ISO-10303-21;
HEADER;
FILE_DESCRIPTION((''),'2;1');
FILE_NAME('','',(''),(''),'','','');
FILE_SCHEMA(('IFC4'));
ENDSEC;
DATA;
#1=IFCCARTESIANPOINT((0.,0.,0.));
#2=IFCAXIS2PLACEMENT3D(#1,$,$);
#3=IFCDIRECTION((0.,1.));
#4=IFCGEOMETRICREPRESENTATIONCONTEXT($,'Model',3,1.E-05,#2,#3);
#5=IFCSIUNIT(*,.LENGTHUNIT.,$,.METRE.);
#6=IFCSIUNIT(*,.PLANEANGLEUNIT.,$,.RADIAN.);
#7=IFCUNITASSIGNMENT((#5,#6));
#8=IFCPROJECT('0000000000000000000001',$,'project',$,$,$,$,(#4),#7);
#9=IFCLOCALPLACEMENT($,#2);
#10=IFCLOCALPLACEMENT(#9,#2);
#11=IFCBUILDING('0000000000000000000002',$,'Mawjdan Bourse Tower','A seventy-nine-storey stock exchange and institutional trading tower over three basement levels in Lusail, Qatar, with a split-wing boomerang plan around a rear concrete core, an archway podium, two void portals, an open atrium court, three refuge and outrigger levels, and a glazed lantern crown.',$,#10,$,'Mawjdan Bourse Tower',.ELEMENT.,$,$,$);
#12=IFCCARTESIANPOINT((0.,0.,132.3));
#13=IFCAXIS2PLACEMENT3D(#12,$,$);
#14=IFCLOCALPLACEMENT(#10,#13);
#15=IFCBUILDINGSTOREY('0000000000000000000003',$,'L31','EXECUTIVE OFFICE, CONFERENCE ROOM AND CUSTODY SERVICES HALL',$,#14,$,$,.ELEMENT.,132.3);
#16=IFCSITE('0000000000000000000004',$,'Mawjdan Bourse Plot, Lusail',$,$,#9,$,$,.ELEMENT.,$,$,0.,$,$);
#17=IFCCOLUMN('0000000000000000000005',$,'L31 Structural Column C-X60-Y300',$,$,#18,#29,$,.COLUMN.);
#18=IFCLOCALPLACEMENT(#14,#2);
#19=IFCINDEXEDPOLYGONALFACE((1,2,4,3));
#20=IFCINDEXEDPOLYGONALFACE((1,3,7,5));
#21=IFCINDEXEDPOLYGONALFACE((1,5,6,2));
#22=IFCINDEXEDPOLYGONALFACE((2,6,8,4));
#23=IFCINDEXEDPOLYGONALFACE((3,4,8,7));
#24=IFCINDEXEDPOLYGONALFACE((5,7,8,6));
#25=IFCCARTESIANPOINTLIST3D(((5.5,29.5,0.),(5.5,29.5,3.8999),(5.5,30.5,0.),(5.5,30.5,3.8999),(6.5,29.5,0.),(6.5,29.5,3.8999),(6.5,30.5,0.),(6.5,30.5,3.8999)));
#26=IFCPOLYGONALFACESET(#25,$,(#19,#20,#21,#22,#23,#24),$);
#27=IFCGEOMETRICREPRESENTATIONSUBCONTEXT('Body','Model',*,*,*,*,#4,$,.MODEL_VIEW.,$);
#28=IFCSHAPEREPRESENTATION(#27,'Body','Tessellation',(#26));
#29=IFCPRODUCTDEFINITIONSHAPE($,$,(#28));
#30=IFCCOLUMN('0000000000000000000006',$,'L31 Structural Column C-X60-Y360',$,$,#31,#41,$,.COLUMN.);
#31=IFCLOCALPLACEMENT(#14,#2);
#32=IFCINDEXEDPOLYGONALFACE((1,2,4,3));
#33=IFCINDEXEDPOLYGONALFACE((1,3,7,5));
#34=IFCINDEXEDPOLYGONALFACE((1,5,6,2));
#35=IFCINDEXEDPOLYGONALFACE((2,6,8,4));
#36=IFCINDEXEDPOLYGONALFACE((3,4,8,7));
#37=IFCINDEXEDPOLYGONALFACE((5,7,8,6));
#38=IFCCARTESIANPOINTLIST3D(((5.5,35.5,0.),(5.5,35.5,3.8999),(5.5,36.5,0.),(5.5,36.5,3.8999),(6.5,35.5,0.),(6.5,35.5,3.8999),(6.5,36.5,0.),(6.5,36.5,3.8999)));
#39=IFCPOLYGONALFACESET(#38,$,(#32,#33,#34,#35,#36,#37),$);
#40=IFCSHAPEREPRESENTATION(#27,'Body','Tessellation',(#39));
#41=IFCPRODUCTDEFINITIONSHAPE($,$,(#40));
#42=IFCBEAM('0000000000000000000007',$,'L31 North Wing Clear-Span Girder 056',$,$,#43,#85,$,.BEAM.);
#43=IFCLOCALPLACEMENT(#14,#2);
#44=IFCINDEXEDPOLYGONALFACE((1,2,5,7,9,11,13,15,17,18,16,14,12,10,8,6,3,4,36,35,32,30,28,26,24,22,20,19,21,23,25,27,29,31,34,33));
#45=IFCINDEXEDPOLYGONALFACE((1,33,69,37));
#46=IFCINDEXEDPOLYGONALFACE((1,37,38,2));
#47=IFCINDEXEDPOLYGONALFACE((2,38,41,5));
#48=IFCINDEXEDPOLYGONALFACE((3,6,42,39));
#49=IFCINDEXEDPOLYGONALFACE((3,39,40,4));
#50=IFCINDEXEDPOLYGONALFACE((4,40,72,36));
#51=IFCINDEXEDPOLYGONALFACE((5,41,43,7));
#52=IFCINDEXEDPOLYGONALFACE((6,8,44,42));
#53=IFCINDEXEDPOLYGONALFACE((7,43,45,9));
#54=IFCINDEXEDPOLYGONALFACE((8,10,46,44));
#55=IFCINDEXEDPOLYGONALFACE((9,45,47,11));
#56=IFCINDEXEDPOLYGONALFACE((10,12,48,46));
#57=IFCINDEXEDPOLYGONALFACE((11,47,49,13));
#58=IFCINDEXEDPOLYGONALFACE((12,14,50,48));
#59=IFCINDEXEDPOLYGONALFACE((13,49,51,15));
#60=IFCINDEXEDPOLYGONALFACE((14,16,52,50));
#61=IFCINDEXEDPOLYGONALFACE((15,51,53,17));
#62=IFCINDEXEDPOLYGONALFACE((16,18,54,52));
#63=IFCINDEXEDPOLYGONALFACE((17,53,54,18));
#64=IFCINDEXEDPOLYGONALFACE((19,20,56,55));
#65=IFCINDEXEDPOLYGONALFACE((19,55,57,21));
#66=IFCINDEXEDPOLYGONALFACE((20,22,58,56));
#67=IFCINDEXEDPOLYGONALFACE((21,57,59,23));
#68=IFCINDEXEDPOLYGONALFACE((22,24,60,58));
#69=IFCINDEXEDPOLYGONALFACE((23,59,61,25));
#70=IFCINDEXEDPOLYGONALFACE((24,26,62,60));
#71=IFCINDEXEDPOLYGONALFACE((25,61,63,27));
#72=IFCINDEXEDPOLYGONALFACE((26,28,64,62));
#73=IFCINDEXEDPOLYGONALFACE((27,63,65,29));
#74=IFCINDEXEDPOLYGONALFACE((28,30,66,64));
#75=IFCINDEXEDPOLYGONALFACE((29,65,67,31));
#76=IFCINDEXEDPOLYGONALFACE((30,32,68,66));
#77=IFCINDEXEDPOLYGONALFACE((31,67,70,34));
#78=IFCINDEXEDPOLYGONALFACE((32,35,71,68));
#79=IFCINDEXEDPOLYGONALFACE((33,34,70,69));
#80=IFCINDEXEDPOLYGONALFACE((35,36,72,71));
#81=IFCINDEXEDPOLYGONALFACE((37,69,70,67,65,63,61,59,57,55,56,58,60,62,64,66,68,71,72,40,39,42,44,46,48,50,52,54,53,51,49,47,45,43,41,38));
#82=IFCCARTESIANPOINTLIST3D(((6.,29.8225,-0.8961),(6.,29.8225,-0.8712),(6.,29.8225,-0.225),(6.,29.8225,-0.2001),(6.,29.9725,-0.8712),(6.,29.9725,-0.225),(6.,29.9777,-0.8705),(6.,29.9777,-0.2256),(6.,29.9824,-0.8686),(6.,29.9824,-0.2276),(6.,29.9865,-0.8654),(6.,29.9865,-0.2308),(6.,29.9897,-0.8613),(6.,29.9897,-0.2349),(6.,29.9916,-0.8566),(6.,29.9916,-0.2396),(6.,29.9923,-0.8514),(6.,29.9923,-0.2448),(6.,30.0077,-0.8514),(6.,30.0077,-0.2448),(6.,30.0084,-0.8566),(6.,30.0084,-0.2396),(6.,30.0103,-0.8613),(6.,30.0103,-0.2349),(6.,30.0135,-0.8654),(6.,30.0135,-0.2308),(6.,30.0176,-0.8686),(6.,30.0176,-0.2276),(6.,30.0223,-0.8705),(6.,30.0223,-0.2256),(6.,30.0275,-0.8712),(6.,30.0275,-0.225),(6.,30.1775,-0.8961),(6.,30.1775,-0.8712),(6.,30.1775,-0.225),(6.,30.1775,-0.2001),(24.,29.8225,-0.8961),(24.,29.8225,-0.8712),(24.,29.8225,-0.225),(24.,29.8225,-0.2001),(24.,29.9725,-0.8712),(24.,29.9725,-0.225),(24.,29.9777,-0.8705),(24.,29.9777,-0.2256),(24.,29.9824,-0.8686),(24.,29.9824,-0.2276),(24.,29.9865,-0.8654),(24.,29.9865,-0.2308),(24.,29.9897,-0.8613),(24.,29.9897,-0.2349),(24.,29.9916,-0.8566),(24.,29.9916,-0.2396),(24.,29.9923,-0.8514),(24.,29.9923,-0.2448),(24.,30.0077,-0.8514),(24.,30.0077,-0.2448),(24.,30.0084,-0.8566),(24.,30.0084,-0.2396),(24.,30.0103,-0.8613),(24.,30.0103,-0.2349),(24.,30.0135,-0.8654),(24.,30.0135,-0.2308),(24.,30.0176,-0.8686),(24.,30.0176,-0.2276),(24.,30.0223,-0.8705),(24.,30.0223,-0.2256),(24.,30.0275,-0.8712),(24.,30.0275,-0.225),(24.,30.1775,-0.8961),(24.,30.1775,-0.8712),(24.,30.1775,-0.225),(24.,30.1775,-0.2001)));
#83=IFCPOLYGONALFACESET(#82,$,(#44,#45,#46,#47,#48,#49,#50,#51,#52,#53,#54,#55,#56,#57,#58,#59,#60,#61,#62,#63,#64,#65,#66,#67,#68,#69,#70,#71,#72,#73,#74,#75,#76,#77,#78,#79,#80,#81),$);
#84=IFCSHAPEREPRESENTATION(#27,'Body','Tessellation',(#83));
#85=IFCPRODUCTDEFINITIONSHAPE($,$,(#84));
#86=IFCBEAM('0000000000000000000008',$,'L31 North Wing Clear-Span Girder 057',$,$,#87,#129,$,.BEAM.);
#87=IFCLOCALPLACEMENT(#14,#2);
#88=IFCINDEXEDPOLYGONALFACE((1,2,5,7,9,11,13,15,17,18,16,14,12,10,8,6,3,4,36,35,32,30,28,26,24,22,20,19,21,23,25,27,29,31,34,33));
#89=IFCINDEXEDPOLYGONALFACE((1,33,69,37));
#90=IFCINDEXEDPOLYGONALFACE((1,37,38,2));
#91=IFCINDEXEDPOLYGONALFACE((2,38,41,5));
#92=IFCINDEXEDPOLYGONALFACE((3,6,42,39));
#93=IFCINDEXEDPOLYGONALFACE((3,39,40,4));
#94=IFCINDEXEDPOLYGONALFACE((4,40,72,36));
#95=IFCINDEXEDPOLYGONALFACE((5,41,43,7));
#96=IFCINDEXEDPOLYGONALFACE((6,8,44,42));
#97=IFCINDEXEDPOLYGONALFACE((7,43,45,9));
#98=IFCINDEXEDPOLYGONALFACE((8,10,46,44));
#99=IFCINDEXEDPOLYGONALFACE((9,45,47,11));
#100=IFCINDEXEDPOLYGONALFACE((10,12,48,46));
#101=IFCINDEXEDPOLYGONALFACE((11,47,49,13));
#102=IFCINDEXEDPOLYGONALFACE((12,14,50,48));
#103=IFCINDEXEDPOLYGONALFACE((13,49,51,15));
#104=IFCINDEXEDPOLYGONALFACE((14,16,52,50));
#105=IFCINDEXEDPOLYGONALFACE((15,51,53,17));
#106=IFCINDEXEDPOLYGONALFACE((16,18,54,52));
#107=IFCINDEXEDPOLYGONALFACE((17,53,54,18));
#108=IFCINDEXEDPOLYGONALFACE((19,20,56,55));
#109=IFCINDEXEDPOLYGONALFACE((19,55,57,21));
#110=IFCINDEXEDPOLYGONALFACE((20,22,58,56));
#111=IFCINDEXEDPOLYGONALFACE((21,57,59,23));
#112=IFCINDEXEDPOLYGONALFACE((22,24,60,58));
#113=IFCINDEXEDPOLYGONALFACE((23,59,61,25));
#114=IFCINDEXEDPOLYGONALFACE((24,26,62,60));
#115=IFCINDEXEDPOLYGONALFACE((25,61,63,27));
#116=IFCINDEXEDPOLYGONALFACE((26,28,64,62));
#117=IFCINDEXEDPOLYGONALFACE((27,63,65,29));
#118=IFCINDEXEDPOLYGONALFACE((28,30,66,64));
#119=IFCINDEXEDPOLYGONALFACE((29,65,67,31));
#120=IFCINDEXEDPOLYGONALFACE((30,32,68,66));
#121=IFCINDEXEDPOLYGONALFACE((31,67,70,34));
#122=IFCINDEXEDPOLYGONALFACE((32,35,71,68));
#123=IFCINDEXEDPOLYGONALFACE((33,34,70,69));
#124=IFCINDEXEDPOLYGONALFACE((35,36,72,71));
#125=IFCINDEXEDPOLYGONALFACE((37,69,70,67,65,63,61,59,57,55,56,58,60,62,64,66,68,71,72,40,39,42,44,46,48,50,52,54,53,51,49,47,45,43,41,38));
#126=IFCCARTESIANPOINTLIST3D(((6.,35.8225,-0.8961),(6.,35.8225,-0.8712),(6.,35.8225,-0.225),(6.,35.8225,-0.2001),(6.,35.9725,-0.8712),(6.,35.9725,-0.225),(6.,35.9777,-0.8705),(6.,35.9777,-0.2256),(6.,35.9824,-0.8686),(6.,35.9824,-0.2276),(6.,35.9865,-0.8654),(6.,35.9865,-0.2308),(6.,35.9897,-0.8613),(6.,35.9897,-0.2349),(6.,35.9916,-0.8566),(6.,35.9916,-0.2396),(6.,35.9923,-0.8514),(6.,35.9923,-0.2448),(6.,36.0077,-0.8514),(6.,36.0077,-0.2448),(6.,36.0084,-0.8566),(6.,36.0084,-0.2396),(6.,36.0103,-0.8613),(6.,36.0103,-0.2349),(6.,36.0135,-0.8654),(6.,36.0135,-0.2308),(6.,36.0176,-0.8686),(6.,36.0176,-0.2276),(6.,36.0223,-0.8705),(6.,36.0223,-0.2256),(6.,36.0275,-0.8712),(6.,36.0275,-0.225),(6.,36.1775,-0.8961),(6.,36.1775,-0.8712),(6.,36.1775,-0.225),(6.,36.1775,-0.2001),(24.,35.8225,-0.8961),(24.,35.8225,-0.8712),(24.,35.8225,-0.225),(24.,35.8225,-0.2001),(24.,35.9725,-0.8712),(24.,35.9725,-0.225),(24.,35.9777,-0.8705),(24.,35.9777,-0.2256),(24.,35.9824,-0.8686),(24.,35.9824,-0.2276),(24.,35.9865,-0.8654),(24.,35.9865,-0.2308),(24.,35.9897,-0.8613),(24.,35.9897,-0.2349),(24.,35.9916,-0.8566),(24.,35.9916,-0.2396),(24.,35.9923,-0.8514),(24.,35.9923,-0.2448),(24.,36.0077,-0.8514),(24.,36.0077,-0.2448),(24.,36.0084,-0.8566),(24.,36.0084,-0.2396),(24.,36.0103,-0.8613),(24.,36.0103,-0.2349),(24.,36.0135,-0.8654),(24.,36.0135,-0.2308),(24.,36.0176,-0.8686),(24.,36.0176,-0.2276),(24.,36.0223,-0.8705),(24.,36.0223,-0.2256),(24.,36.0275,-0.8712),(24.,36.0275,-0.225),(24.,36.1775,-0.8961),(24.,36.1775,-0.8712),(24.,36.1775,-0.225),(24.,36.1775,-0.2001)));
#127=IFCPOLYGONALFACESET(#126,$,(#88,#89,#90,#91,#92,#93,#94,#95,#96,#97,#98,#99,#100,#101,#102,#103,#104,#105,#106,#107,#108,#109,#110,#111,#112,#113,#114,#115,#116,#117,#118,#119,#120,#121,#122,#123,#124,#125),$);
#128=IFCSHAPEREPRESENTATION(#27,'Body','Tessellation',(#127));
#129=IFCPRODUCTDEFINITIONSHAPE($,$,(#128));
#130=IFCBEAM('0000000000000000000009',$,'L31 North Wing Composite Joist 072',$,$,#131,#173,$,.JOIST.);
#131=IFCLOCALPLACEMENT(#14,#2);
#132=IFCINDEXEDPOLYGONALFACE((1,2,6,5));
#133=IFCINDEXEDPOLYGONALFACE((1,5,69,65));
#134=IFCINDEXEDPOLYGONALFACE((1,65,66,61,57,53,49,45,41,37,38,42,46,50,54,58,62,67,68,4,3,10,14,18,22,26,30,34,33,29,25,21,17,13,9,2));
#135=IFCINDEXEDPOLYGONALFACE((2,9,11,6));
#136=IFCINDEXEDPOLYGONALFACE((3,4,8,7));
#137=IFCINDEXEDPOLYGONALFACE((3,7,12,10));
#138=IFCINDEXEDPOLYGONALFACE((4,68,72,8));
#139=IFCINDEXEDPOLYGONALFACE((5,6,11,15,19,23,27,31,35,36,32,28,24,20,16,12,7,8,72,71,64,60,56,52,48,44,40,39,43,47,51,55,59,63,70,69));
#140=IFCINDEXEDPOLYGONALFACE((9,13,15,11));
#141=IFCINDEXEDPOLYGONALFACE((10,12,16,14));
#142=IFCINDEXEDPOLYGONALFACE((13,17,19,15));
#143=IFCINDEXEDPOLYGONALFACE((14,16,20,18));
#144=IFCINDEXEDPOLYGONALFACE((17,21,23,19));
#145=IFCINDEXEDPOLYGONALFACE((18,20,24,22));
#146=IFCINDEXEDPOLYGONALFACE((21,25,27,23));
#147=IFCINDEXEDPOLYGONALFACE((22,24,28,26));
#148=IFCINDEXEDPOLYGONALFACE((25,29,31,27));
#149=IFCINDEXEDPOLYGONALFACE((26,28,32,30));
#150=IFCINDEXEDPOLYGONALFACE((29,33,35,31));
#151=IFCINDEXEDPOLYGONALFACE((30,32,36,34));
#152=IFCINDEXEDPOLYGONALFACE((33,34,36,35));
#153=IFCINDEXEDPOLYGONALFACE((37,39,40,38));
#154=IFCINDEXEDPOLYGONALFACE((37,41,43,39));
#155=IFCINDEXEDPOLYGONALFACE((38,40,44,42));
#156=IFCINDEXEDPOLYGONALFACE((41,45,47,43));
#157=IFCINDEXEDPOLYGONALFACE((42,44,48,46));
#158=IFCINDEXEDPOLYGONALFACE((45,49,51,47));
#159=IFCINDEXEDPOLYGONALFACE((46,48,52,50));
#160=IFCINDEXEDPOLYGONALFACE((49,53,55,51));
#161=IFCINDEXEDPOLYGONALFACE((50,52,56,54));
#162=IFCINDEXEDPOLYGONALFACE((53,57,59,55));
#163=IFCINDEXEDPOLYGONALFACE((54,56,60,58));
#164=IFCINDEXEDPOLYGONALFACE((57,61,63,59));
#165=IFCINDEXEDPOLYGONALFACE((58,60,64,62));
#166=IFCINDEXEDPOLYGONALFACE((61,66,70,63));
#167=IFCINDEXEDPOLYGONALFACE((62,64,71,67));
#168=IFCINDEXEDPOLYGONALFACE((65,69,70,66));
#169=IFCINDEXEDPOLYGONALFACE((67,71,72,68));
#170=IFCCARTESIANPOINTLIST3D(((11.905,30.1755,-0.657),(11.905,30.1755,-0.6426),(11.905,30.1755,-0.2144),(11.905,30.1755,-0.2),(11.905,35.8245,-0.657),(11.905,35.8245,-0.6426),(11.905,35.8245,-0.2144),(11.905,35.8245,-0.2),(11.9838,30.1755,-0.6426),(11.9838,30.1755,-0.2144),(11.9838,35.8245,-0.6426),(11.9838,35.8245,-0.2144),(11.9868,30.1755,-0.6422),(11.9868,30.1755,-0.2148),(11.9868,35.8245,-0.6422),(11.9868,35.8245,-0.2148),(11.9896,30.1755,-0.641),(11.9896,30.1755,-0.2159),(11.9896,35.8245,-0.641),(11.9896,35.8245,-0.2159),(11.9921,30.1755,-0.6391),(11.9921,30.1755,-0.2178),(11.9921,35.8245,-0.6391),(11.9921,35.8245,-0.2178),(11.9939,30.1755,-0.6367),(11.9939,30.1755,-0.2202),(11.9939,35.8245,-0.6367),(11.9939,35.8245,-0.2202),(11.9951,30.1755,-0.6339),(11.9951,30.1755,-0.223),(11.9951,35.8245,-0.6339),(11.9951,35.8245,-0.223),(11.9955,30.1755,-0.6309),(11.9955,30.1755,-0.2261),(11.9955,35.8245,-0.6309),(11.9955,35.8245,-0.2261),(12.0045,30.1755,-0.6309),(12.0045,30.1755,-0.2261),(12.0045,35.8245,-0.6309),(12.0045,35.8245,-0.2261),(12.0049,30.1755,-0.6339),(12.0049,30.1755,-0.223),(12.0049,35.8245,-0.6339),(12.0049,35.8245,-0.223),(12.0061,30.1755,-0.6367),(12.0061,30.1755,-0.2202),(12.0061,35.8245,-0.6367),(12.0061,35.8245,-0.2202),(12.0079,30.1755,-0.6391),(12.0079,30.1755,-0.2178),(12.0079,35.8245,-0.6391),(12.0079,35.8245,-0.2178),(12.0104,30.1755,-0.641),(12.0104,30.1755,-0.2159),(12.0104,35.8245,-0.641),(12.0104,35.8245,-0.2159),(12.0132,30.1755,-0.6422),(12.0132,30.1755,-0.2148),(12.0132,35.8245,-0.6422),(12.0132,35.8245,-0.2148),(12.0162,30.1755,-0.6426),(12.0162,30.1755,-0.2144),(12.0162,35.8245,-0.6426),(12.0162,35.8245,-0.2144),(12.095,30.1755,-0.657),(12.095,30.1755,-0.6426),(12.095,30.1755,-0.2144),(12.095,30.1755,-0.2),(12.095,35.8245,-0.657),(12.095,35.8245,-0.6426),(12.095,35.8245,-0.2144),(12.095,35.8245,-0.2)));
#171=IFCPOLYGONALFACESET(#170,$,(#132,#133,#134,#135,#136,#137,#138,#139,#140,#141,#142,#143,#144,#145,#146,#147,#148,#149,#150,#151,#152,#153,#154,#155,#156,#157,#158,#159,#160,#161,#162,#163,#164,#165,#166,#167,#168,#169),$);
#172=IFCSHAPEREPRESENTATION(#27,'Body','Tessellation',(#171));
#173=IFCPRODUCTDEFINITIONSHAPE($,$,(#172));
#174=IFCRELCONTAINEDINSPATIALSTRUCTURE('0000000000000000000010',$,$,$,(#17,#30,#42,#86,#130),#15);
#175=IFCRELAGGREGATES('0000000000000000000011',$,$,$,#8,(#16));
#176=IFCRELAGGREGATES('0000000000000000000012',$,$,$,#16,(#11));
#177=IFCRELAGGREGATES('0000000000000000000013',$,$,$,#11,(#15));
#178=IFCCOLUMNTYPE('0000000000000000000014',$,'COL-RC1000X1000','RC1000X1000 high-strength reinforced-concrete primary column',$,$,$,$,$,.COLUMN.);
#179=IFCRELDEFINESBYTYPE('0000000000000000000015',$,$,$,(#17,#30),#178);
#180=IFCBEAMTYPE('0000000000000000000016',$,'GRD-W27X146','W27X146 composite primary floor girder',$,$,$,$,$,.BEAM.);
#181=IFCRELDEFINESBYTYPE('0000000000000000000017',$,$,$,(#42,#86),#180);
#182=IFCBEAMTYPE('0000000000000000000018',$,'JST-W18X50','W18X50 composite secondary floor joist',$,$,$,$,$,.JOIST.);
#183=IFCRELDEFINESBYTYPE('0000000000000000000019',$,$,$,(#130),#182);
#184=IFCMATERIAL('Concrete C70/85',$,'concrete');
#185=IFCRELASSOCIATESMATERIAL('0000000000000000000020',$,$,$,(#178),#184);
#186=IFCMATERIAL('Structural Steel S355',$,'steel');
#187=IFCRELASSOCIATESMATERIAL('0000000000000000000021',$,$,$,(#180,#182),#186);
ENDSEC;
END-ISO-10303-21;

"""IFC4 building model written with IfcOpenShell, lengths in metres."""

from ifc_helpers import new_model, si_unit, direction, frame, origin, origin_2d, place, context, subcontext, project, spatial, rectangle, i_section, extrude, material, material_profile, profile_set, type_object, element, save


model = new_model("IFC4")

# Units and contexts
model_context = context("Model", 3, precision=1e-05, world=origin(), true_north=direction((0.0, 1.0)))
body_context = subcontext(model_context, "Body", "Model", "MODEL_VIEW")
ifc_project = project(units=[si_unit("LENGTHUNIT", "METRE"), si_unit("PLANEANGLEUNIT", "RADIAN")], contexts=[model_context])

# Site, building, storey
site_placement = place(None, origin())
site = spatial("IfcSite", under=ifc_project, at=site_placement, Name="Mawjdan Bourse Plot, Lusail", CompositionType="ELEMENT", RefElevation=0.0)
building_placement = place(site_placement, origin())
building = spatial("IfcBuilding", under=site, at=building_placement, Name="Mawjdan Bourse Tower", Description="A seventy-nine-storey stock exchange and institutional trading tower over three basement levels in Lusail, Qatar, with a split-wing boomerang plan around a rear concrete core, an archway podium, two void portals, an open atrium court, three refuge and outrigger levels, and a glazed lantern crown.", LongName="Mawjdan Bourse Tower", CompositionType="ELEMENT")
storey_placement = place(building_placement, frame((0.0, 0.0, 132.3)))
storey = spatial("IfcBuildingStorey", under=building, at=storey_placement, Name="L31", Description="EXECUTIVE OFFICE, CONFERENCE ROOM AND CUSTODY SERVICES HALL", CompositionType="ELEMENT", Elevation=132.3)

# Columns
ifc_material_1 = material(Name="Concrete C70/85", Category="concrete")
ifc_material_profile_1 = material_profile(ifc_material_1, rectangle(XDim=1.0, YDim=1.0, at=origin_2d()), Name="RC1000X1000")
ifc_profile_set_1 = profile_set([ifc_material_profile_1], Name="Concrete C70/85")
column_type = type_object("IfcColumnType", Name="COL-RC1000X1000", Description="RC1000X1000 high-strength reinforced-concrete primary column", PredefinedType="COLUMN", material=ifc_profile_set_1)
for number, where, z_axis, x_axis, name in (
    (1, (6.0, 30.0, 0.0), (0.0, 0.0, 1.0), (1.0, 0.0, 0.0), "L31 Structural Column C-X60-Y300"),
    (2, (6.0, 36.0, 0.0), (0.0, 0.0, 1.0), (1.0, 0.0, 0.0), "L31 Structural Column C-X60-Y360"),
):
    element("IfcColumn", number, at=place(storey_placement, frame(where, z_axis=z_axis, x_axis=x_axis)), inside=storey, type_object=column_type, Name=name, PredefinedType="COLUMN", context=body_context, shape_type="SweptSolid", body=[
        extrude(rectangle(XDim=1.0, YDim=1.0, at=origin_2d()), origin(), (0.0, 0.0, 1.0), 3.8999),
    ])

# Beams
ifc_material_2 = material(Name="Structural Steel S355", Category="steel")
ifc_material_profile_2 = material_profile(ifc_material_2, i_section(OverallWidth=0.355, OverallDepth=0.696, WebThickness=0.0154, FlangeThickness=0.0249, FilletRadius=0.0198, at=origin_2d()), Name="W27X146")
ifc_profile_set_2 = profile_set([ifc_material_profile_2], Name="Structural Steel S355")
beam_type_1 = type_object("IfcBeamType", Name="GRD-W27X146", Description="W27X146 composite primary floor girder", PredefinedType="BEAM", material=ifc_profile_set_2)
for number, where, z_axis, x_axis, name in (
    (3, (6.0, 30.0, -0.5481), (1.0, 0.0, 0.0), (0.0, 1.0, 0.0), "L31 North Wing Clear-Span Girder 056"),
    (4, (6.0, 36.0, -0.5481), (1.0, 0.0, 0.0), (0.0, 1.0, 0.0), "L31 North Wing Clear-Span Girder 057"),
):
    element("IfcBeam", number, at=place(storey_placement, frame(where, z_axis=z_axis, x_axis=x_axis)), inside=storey, type_object=beam_type_1, Name=name, PredefinedType="BEAM", context=body_context, shape_type="SweptSolid", body=[
        extrude(i_section(OverallWidth=0.355, OverallDepth=0.696, WebThickness=0.0154, FlangeThickness=0.0249, FilletRadius=0.0198, at=origin_2d()), origin(), (0.0, 0.0, 1.0), 18.0),
    ])
ifc_material_profile_3 = material_profile(ifc_material_2, i_section(OverallWidth=0.1899, OverallDepth=0.457, WebThickness=0.009, FlangeThickness=0.0144, FilletRadius=0.0117, at=origin_2d()), Name="W18X50")
ifc_profile_set_3 = profile_set([ifc_material_profile_3], Name="Structural Steel S355")
beam_type_2 = type_object("IfcBeamType", Name="JST-W18X50", Description="W18X50 composite secondary floor joist", PredefinedType="JOIST", material=ifc_profile_set_3)
for number, where, z_axis, x_axis, name in (
    (5, (12.0, 30.1755, -0.4285), (0.0, 1.0, 0.0), (-1.0, 0.0, 0.0), "L31 North Wing Composite Joist 072"),
):
    element("IfcBeam", number, at=place(storey_placement, frame(where, z_axis=z_axis, x_axis=x_axis)), inside=storey, type_object=beam_type_2, Name=name, PredefinedType="JOIST", context=body_context, shape_type="SweptSolid", body=[
        extrude(i_section(OverallWidth=0.1899, OverallDepth=0.457, WebThickness=0.009, FlangeThickness=0.0144, FilletRadius=0.0117, at=origin_2d()), origin(), (0.0, 0.0, 1.0), 5.6489),
    ])

save(model, "model.ifc")
